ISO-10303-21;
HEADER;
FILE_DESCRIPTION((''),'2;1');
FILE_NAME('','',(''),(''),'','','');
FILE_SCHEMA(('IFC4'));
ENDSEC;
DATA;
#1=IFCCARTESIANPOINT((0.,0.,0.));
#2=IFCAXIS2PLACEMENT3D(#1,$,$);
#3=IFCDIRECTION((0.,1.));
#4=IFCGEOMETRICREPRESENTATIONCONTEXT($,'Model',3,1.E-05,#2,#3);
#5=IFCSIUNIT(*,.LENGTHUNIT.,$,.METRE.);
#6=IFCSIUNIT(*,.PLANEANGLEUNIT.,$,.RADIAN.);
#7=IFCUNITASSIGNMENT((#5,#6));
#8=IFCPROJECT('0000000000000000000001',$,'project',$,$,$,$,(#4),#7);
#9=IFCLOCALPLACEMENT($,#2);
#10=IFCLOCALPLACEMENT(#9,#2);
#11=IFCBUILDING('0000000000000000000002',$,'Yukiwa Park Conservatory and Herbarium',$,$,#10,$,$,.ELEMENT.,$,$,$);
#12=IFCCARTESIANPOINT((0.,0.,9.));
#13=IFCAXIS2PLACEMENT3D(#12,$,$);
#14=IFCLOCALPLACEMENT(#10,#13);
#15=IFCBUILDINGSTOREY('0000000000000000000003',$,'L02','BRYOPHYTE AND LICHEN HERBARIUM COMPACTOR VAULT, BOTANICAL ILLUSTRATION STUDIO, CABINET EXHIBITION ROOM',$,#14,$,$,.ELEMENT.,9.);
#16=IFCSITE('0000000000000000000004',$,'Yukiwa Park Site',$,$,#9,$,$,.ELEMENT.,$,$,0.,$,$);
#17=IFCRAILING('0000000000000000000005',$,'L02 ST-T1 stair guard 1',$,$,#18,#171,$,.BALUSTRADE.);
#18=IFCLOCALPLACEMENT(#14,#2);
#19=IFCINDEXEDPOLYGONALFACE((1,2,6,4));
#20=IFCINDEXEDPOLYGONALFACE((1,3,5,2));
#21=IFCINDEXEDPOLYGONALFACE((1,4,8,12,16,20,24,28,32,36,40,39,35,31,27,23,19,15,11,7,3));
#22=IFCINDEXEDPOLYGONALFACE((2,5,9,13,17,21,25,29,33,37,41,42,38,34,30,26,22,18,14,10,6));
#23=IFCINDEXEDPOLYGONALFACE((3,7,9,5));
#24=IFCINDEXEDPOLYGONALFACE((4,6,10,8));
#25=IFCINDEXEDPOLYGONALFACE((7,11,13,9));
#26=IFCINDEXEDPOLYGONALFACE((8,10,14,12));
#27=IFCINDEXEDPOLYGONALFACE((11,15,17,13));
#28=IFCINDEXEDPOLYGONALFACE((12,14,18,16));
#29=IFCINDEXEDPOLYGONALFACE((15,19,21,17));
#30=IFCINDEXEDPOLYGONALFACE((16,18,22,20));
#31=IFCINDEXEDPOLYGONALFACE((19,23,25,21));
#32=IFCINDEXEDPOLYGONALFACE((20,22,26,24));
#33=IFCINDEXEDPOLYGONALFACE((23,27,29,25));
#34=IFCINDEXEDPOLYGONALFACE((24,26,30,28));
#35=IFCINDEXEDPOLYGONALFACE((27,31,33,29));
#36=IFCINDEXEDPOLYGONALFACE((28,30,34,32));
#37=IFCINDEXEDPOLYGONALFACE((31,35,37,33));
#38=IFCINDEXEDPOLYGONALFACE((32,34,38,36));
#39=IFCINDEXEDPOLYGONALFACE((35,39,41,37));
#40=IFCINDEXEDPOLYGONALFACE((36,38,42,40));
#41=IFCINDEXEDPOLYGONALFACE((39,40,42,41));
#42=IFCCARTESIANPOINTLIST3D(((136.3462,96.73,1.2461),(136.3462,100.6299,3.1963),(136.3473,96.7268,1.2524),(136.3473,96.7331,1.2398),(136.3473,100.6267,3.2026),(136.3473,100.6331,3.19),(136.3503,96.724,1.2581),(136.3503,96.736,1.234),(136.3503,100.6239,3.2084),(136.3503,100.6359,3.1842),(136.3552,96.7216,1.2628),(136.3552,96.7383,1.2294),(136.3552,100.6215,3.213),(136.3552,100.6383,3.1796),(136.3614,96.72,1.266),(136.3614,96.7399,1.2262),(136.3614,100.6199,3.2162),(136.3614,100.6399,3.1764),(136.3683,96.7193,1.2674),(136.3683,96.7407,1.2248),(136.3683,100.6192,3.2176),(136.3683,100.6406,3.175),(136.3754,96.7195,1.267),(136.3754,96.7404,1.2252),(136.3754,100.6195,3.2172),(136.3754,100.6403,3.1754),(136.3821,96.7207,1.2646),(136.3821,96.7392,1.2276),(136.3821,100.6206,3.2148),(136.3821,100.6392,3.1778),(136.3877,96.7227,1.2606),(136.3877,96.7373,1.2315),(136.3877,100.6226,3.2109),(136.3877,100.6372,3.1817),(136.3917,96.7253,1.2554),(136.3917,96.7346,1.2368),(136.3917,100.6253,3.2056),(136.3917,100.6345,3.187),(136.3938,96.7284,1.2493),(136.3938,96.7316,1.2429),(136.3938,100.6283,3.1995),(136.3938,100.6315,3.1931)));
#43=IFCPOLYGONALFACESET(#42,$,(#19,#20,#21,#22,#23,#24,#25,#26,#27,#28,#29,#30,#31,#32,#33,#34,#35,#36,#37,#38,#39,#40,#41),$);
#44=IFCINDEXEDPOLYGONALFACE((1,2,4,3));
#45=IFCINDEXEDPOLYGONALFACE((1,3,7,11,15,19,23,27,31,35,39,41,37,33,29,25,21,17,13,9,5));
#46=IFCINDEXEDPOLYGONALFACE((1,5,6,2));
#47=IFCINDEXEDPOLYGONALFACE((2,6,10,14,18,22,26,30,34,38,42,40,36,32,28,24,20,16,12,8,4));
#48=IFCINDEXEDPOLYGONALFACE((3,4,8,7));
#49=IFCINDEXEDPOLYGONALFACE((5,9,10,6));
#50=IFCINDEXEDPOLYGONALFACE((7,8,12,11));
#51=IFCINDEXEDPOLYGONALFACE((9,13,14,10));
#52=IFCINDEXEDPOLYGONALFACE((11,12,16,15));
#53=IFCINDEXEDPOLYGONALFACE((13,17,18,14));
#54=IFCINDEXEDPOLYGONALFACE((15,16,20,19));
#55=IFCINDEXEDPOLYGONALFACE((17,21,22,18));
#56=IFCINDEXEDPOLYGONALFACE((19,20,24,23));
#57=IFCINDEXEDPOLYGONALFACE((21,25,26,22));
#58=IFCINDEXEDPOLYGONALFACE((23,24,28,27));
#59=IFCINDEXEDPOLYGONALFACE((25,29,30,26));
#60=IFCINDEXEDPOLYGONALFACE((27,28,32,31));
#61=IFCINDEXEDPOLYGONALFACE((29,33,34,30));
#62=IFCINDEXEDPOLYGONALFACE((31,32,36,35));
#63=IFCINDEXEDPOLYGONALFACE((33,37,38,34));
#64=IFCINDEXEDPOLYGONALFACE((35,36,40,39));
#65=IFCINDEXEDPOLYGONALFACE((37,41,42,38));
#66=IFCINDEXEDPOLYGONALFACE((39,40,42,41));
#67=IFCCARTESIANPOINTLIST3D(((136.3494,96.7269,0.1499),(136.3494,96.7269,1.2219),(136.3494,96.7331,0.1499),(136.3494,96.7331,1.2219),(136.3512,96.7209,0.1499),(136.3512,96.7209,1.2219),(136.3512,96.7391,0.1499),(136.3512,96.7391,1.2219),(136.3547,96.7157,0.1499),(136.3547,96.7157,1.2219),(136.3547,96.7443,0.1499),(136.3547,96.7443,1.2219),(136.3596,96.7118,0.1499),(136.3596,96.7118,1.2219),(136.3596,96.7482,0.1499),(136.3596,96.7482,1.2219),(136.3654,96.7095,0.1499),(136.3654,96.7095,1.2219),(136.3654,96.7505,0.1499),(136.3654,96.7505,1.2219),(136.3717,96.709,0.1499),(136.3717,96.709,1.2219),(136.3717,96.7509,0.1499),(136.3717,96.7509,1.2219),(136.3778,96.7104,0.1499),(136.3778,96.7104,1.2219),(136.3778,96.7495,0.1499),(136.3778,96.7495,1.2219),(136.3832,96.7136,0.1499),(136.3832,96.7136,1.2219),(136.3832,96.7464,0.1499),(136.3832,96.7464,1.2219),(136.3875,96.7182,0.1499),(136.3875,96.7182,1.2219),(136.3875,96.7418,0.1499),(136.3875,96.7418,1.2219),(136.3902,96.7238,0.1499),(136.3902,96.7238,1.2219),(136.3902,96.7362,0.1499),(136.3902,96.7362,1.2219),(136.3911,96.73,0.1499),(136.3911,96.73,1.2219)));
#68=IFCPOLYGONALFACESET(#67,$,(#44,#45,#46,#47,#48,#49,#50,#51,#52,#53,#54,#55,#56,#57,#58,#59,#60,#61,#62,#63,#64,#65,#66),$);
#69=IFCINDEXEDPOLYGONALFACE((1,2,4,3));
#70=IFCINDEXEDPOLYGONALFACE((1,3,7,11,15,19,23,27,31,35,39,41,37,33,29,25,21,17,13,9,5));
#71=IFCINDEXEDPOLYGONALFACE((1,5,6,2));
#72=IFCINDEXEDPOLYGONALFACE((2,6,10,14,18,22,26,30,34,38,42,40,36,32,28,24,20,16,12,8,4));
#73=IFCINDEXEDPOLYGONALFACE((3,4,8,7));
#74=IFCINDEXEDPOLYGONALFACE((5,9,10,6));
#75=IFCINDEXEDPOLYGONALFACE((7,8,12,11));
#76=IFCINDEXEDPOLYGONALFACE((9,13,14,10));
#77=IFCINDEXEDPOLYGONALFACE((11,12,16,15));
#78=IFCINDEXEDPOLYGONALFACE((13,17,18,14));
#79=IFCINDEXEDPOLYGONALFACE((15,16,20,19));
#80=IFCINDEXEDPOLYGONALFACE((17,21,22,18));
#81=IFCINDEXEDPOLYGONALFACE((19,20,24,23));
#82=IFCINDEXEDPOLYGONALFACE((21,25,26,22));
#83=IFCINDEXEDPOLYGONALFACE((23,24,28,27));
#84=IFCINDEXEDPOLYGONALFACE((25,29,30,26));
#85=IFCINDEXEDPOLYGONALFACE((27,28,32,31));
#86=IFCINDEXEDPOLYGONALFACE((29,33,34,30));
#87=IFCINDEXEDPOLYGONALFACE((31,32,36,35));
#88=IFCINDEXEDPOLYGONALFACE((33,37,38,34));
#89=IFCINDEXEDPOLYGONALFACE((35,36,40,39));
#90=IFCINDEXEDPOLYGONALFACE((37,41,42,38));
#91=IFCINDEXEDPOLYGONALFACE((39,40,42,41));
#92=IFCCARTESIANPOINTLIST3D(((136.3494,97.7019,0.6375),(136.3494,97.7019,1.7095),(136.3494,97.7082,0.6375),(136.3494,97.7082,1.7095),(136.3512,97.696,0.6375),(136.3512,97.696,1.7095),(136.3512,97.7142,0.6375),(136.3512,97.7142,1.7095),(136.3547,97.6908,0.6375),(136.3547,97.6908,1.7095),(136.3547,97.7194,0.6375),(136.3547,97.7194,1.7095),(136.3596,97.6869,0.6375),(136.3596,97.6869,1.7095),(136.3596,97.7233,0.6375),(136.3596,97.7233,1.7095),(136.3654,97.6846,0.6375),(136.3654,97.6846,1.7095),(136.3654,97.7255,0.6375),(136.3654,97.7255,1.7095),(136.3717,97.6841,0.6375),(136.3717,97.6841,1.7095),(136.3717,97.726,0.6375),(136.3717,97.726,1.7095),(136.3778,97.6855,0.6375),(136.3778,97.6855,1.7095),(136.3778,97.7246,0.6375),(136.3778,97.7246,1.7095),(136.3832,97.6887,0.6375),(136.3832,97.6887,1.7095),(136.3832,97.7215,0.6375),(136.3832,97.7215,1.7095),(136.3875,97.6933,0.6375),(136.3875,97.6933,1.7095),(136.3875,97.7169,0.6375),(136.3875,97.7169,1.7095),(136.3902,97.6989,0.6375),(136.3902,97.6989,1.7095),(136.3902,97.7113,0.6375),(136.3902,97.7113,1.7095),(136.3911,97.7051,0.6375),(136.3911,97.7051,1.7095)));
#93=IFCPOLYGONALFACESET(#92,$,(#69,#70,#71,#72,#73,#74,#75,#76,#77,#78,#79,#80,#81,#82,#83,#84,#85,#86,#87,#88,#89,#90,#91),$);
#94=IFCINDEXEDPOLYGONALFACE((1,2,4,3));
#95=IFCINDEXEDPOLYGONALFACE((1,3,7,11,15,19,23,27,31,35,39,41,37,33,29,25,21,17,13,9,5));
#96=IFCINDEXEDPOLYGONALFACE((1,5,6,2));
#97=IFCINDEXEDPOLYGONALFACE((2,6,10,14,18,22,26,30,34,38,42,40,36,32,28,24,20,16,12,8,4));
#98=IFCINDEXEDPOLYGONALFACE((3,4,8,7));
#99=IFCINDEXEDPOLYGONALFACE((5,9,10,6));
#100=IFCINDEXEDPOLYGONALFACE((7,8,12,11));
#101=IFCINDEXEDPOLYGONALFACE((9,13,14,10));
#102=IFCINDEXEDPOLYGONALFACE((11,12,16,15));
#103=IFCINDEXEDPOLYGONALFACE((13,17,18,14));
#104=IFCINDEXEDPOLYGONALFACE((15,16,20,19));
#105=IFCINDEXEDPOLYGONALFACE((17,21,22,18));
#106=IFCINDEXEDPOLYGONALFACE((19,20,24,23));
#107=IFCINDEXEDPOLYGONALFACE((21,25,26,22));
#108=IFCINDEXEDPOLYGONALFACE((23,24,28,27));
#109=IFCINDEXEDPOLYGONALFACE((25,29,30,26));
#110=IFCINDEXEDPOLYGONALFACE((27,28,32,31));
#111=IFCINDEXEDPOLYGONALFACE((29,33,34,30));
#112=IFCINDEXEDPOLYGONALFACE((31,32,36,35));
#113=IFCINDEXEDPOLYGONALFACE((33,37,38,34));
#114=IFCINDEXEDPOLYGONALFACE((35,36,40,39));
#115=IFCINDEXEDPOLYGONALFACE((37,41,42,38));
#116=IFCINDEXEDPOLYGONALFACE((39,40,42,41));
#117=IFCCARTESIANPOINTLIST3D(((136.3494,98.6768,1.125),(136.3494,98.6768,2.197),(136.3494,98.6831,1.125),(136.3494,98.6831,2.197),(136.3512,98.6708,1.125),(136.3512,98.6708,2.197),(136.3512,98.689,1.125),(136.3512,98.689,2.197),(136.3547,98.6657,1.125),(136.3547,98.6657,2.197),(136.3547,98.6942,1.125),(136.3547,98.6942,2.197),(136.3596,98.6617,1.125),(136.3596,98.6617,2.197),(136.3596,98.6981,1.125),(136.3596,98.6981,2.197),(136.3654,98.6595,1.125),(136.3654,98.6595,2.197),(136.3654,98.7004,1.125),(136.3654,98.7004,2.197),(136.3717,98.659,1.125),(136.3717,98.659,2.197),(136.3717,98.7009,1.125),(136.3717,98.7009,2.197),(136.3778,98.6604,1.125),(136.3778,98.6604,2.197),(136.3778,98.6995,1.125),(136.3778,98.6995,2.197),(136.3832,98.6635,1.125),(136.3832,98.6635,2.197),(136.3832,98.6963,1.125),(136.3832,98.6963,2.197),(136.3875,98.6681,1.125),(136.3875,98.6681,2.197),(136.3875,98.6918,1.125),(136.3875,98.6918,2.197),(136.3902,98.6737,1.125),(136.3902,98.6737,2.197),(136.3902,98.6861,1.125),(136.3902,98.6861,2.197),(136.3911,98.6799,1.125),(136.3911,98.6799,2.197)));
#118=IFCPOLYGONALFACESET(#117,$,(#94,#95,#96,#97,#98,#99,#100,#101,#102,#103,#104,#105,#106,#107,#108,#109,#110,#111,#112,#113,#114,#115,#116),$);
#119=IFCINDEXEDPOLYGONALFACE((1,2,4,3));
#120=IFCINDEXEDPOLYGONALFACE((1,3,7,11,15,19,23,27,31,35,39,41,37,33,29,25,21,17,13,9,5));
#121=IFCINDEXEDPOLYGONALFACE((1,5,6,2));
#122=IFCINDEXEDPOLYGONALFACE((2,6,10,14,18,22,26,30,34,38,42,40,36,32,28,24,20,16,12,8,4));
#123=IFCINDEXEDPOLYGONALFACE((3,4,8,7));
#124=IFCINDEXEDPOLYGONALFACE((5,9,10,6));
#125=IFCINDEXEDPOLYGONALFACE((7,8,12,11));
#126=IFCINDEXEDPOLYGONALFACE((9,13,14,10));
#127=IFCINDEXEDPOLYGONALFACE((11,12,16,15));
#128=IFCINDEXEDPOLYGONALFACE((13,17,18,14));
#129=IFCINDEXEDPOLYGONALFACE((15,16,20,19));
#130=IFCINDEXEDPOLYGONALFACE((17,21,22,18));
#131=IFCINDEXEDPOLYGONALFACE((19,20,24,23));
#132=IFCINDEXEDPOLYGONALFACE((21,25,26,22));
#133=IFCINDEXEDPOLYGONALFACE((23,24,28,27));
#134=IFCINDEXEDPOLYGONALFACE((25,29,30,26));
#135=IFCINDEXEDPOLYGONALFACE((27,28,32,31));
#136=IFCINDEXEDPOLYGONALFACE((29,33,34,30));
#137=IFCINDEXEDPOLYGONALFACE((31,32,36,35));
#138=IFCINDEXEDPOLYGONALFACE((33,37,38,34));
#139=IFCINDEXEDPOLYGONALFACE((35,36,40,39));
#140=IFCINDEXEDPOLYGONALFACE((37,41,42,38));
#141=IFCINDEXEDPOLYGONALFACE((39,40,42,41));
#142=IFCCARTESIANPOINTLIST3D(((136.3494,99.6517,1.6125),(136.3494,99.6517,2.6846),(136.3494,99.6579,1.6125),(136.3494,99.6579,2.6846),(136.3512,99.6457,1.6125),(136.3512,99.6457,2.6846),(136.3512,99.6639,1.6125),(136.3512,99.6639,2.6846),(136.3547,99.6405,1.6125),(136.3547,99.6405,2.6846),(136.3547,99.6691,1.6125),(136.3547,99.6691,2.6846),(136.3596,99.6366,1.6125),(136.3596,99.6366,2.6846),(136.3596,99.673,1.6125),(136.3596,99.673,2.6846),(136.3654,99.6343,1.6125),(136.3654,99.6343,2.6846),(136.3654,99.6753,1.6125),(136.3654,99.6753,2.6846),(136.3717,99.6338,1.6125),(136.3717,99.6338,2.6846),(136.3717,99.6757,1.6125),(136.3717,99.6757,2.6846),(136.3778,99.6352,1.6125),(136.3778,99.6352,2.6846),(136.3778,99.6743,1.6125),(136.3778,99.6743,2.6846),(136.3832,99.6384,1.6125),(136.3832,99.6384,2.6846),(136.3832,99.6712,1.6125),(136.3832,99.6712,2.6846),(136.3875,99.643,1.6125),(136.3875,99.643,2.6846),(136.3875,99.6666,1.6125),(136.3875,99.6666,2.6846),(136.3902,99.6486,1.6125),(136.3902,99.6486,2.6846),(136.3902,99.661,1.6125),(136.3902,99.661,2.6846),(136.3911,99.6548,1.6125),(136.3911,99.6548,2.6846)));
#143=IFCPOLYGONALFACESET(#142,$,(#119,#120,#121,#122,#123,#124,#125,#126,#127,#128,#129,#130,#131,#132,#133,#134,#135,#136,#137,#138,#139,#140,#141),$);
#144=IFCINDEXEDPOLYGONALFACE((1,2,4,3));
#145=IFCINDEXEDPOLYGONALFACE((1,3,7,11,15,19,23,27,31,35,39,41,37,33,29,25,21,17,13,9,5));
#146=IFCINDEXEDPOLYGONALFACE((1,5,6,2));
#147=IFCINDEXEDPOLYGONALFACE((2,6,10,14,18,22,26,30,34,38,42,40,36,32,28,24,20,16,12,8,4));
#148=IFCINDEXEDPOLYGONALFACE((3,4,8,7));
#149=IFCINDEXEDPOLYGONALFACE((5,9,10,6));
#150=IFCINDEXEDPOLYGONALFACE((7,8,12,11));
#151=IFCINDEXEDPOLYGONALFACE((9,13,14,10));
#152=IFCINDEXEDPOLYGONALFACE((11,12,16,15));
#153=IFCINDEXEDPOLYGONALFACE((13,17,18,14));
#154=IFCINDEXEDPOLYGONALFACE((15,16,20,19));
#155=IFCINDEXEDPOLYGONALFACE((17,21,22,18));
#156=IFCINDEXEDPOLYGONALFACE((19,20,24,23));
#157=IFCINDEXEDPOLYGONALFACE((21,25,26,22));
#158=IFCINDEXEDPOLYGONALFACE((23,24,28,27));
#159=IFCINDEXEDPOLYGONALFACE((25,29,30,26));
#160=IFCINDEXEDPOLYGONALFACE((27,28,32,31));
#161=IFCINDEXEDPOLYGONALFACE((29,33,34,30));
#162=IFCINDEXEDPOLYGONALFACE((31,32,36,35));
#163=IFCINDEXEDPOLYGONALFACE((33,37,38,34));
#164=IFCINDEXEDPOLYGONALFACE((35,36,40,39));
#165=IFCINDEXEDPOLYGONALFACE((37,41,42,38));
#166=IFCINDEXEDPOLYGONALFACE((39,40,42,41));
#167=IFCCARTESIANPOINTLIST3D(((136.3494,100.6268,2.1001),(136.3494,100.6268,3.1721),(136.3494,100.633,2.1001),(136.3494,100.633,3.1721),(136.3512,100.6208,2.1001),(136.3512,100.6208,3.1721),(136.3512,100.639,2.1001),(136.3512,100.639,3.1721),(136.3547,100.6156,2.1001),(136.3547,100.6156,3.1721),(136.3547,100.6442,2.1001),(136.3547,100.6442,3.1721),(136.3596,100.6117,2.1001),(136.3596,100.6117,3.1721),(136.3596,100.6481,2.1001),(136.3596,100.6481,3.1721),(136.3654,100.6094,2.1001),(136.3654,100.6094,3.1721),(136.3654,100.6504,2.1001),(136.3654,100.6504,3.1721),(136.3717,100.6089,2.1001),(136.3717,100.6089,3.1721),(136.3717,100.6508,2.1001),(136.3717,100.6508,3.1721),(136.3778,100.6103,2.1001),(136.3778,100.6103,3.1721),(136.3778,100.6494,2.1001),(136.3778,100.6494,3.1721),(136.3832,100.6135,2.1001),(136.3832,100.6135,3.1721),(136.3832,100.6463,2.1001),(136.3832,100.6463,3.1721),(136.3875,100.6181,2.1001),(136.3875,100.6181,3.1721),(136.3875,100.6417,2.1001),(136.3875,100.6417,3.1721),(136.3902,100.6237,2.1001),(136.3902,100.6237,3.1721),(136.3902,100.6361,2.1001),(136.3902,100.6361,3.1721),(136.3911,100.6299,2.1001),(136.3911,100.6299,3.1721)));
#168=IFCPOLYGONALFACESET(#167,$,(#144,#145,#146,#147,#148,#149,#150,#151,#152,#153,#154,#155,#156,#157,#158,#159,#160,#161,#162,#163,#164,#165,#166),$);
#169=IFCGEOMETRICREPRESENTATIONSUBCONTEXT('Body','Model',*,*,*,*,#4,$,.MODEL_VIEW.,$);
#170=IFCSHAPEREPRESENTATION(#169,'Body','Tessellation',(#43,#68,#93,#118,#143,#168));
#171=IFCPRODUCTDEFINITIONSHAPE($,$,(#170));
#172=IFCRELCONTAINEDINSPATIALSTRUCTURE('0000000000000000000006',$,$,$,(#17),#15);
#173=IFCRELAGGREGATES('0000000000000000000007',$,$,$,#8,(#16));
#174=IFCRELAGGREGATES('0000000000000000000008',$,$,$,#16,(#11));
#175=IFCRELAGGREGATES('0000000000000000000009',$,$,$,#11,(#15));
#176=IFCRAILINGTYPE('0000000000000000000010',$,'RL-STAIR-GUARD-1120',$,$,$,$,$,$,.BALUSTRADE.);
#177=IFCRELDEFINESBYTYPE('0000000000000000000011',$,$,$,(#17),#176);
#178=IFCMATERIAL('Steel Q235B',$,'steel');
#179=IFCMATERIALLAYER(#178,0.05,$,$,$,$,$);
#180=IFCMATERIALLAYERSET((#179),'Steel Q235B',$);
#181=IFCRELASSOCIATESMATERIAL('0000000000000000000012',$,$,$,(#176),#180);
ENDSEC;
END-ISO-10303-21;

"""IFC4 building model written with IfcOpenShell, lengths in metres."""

from ifc_helpers import new_model, si_unit, direction, frame, origin, origin_2d, place, context, subcontext, project, spatial, circle, extrude, material, layer, layer_set, type_object, element, save


model = new_model("IFC4")

# Units and contexts
model_context = context("Model", 3, precision=1e-05, world=origin(), true_north=direction((0.0, 1.0)))
body_context = subcontext(model_context, "Body", "Model", "MODEL_VIEW")
ifc_project = project(units=[si_unit("LENGTHUNIT", "METRE"), si_unit("PLANEANGLEUNIT", "RADIAN")], contexts=[model_context])

# Site, building, storey
site_placement = place(None, origin())
site = spatial("IfcSite", under=ifc_project, at=site_placement, Name="Yukiwa Park Site", CompositionType="ELEMENT", RefElevation=0.0)
building_placement = place(site_placement, origin())
building = spatial("IfcBuilding", under=site, at=building_placement, Name="Yukiwa Park Conservatory and Herbarium", CompositionType="ELEMENT")
storey_placement = place(building_placement, frame((0.0, 0.0, 9.0)))
storey = spatial("IfcBuildingStorey", under=building, at=storey_placement, Name="L02", Description="BRYOPHYTE AND LICHEN HERBARIUM COMPACTOR VAULT, BOTANICAL ILLUSTRATION STUDIO, CABINET EXHIBITION ROOM", CompositionType="ELEMENT", Elevation=9.0)

# Railing
ifc_material_1 = material(Name="Steel Q235B", Category="steel")
ifc_layer_1 = layer(ifc_material_1, 0.05)
ifc_layer_set_1 = layer_set([ifc_layer_1], Name="Steel Q235B")
railing_type_1 = type_object("IfcRailingType", Name="RL-STAIR-GUARD-1120", PredefinedType="BALUSTRADE", material=ifc_layer_set_1)
railing_1_placement = place(storey_placement, frame((136.3701, 96.73, 0.1499)))
element("IfcRailing", 1, at=railing_1_placement, inside=storey, type_object=railing_type_1, Name="L02 ST-T1 stair guard 1", PredefinedType="BALUSTRADE", context=body_context, shape_type="SweptSolid", body=[
    extrude(circle(Radius=0.0239, at=origin_2d()), frame((0.0, 0.0, 1.0962), z_axis=(0.0, 0.894405, 0.447258), x_axis=(-1.0, 0.0, 0.0)), (0.0, 0.0, 1.0), 4.3604),
    extrude(circle(Radius=0.021, at=origin_2d()), origin(), (0.0, 0.0, 1.0), 1.072),
    extrude(circle(Radius=0.021, at=origin_2d()), frame((0.0, 0.9751, 0.4875)), (0.0, 0.0, 1.0), 1.072),
    extrude(circle(Radius=0.021, at=origin_2d()), frame((0.0, 1.95, 0.9751)), (0.0, 0.0, 1.0), 1.072),
    extrude(circle(Radius=0.021, at=origin_2d()), frame((0.0, 2.9248, 1.4626)), (0.0, 0.0, 1.0), 1.072),
    extrude(circle(Radius=0.021, at=origin_2d()), frame((0.0, 3.8999, 1.9502)), (0.0, 0.0, 1.0), 1.072),
])

save(model, "model.ifc")
